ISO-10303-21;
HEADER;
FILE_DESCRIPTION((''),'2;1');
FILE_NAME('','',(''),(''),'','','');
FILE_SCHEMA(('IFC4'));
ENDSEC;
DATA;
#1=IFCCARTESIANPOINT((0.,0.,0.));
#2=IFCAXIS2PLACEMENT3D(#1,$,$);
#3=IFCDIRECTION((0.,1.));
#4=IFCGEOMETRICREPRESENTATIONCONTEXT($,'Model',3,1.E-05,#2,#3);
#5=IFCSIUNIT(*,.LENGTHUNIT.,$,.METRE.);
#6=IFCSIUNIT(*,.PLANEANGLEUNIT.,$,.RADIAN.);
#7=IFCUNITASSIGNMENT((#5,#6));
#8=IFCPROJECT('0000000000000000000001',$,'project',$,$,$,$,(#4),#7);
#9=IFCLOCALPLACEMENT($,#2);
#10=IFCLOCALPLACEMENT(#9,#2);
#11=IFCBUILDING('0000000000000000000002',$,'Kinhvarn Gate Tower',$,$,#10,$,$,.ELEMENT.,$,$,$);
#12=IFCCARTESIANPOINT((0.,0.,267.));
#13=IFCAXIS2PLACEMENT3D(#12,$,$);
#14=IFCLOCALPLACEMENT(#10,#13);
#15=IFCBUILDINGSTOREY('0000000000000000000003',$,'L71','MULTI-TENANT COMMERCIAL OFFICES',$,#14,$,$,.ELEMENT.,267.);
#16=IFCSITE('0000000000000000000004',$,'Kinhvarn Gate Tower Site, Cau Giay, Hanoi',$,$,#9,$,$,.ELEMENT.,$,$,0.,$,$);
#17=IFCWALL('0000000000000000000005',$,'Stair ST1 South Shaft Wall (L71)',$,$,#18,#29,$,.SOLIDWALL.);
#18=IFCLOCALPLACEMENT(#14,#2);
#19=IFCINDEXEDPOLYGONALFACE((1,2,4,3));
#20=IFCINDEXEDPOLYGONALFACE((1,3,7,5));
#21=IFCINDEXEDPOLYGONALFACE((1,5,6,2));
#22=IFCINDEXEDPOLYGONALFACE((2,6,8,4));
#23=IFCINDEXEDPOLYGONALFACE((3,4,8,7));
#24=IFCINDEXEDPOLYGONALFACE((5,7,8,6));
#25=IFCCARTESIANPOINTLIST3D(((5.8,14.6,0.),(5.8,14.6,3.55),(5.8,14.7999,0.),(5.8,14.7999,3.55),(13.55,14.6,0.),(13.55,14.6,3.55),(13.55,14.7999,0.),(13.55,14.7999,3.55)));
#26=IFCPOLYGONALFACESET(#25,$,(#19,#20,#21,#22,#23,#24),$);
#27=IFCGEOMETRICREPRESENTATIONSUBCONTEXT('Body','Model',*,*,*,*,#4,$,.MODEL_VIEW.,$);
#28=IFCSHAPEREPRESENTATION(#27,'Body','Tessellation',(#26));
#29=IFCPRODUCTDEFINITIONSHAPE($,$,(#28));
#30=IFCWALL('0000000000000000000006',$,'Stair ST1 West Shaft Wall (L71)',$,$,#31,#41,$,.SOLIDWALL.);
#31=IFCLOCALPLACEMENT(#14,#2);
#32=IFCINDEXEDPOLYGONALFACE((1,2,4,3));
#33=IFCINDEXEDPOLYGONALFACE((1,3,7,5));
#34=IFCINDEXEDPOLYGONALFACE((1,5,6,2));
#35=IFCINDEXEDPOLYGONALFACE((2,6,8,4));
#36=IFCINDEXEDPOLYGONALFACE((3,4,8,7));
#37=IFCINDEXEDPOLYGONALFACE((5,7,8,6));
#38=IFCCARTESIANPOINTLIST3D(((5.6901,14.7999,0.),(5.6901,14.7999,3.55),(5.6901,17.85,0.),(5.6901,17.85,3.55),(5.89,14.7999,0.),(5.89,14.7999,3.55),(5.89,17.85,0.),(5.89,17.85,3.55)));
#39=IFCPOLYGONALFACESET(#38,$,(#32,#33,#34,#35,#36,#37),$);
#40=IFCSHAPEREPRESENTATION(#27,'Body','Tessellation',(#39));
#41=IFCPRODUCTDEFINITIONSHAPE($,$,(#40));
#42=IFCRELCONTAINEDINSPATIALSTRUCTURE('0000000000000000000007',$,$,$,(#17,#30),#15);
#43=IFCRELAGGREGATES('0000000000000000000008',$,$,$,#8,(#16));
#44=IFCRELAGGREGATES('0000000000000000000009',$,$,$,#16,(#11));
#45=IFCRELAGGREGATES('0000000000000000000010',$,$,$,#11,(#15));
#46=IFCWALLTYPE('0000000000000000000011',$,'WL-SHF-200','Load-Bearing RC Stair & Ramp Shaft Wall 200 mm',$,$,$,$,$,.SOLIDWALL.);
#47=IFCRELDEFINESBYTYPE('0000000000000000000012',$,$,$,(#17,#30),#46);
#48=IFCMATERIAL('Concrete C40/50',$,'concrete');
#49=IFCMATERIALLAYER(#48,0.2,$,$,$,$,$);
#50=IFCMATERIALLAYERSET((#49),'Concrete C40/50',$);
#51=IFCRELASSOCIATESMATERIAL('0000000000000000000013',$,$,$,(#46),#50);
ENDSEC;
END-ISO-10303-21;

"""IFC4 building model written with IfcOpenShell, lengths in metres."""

from ifc_helpers import new_model, si_unit, direction, frame, frame_2d, origin, place, context, subcontext, project, spatial, rectangle, extrude, material, layer, layer_set, type_object, element, save


model = new_model("IFC4")

# Units and contexts
model_context = context("Model", 3, precision=1e-05, world=origin(), true_north=direction((0.0, 1.0)))
body_context = subcontext(model_context, "Body", "Model", "MODEL_VIEW")
ifc_project = project(units=[si_unit("LENGTHUNIT", "METRE"), si_unit("PLANEANGLEUNIT", "RADIAN")], contexts=[model_context])

# Site, building, storey
site_placement = place(None, origin())
site = spatial("IfcSite", under=ifc_project, at=site_placement, Name="Kinhvarn Gate Tower Site, Cau Giay, Hanoi", CompositionType="ELEMENT", RefElevation=0.0)
building_placement = place(site_placement, origin())
building = spatial("IfcBuilding", under=site, at=building_placement, Name="Kinhvarn Gate Tower", CompositionType="ELEMENT")
storey_placement = place(building_placement, frame((0.0, 0.0, 267.0)))
storey = spatial("IfcBuildingStorey", under=building, at=storey_placement, Name="L71", Description="MULTI-TENANT COMMERCIAL OFFICES", CompositionType="ELEMENT", Elevation=267.0)

# Walls
ifc_material_1 = material(Name="Concrete C40/50", Category="concrete")
ifc_layer_1 = layer(ifc_material_1, 0.2)
ifc_layer_set_1 = layer_set([ifc_layer_1], Name="Concrete C40/50")
wall_type_1 = type_object("IfcWallType", Name="WL-SHF-200", Description="Load-Bearing RC Stair & Ramp Shaft Wall 200 mm", PredefinedType="SOLIDWALL", material=ifc_layer_set_1)
wall_1_placement = place(storey_placement, frame((5.8, 14.7, 0.0), z_axis=(0.0, 0.0, 1.0), x_axis=(1.0, 0.0, 0.0)))
element("IfcWall", 1, at=wall_1_placement, inside=storey, type_object=wall_type_1, Name="Stair ST1 South Shaft Wall (L71)", PredefinedType="SOLIDWALL", context=body_context, shape_type="SweptSolid", body=[
    extrude(rectangle(XDim=7.75, YDim=0.2, at=frame_2d((3.875, 0.0))), origin(), (0.0, 0.0, 1.0), 3.55),
])
wall_2_placement = place(storey_placement, frame((5.79, 14.8, 0.0), z_axis=(0.0, 0.0, 1.0), x_axis=(0.0, 1.0, 0.0)))
element("IfcWall", 2, at=wall_2_placement, inside=storey, type_object=wall_type_1, Name="Stair ST1 West Shaft Wall (L71)", PredefinedType="SOLIDWALL", context=body_context, shape_type="SweptSolid", body=[
    extrude(rectangle(XDim=3.05, YDim=0.2, at=frame_2d((1.5249, 0.0))), origin(), (0.0, 0.0, 1.0), 3.55),
])

save(model, "model.ifc")
